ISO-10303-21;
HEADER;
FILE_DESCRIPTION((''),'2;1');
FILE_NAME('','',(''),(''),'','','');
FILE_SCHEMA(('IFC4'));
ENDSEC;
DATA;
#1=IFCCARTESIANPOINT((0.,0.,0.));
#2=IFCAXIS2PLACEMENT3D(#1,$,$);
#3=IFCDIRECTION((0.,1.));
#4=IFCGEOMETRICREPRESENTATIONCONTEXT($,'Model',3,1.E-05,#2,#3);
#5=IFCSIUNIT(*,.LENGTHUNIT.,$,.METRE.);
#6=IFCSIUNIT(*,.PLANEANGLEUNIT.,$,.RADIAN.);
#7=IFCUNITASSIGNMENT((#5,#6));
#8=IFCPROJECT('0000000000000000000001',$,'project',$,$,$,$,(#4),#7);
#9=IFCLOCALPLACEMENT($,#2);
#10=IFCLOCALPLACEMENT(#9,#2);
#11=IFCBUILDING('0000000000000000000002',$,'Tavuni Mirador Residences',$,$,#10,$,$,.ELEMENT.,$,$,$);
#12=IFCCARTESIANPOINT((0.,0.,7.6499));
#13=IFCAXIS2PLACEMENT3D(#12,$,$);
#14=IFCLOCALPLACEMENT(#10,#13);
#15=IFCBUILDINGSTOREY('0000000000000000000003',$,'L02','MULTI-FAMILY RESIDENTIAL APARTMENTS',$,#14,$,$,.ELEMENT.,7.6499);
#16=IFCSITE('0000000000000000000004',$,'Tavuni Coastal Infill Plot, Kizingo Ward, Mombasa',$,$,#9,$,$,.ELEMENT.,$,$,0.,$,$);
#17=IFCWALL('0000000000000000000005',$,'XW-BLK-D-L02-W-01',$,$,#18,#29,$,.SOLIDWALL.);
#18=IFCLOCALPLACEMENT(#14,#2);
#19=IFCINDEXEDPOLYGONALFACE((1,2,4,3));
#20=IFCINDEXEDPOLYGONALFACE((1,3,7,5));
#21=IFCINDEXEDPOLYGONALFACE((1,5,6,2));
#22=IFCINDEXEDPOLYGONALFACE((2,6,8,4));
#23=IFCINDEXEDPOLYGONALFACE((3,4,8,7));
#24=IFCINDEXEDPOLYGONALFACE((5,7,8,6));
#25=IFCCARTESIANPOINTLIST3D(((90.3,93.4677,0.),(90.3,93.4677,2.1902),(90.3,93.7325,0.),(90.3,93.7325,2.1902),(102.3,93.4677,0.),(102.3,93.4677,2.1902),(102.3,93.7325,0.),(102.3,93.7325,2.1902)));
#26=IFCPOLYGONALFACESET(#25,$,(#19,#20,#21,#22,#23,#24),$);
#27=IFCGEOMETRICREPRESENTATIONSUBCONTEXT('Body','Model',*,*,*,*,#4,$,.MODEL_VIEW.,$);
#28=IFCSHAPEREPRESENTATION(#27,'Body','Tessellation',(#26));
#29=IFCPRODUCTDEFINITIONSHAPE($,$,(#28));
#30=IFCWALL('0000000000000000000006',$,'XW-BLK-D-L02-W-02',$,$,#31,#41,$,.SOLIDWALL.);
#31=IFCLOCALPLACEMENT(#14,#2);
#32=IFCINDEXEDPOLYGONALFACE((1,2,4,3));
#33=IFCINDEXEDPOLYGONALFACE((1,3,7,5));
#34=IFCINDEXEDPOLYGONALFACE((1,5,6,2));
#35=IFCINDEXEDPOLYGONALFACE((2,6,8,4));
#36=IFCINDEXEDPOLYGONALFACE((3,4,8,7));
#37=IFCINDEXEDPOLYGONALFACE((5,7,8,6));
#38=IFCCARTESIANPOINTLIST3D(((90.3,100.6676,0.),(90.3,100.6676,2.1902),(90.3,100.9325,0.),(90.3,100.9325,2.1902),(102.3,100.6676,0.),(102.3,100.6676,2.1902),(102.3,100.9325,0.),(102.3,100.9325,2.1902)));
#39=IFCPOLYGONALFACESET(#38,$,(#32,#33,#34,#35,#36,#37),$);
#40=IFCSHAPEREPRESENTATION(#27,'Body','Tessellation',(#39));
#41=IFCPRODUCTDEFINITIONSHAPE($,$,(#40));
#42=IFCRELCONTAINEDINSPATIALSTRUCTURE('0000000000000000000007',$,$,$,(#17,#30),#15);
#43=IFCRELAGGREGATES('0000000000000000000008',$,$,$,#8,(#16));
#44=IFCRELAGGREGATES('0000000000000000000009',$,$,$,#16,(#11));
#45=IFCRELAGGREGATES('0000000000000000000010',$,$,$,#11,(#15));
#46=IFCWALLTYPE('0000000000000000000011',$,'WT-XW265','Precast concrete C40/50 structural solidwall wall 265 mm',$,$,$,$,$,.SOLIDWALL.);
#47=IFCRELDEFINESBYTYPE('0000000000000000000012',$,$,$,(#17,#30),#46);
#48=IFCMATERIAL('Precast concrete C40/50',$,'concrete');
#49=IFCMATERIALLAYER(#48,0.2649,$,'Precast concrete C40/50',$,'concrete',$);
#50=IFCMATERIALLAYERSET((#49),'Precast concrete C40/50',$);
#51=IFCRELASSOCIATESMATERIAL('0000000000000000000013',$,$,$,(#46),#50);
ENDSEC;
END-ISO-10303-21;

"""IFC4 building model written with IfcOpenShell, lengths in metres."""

from ifc_helpers import new_model, si_unit, direction, frame, frame_2d, origin, place, context, subcontext, project, spatial, rectangle, extrude, material, layer, layer_set, type_object, element, save


model = new_model("IFC4")

# Units and contexts
model_context = context("Model", 3, precision=1e-05, world=origin(), true_north=direction((0.0, 1.0)))
body_context = subcontext(model_context, "Body", "Model", "MODEL_VIEW")
ifc_project = project(units=[si_unit("LENGTHUNIT", "METRE"), si_unit("PLANEANGLEUNIT", "RADIAN")], contexts=[model_context])

# Site, building, storey
site_placement = place(None, origin())
site = spatial("IfcSite", under=ifc_project, at=site_placement, Name="Tavuni Coastal Infill Plot, Kizingo Ward, Mombasa", CompositionType="ELEMENT", RefElevation=0.0)
building_placement = place(site_placement, origin())
building = spatial("IfcBuilding", under=site, at=building_placement, Name="Tavuni Mirador Residences", CompositionType="ELEMENT")
storey_placement = place(building_placement, frame((0.0, 0.0, 7.6499)))
storey = spatial("IfcBuildingStorey", under=building, at=storey_placement, Name="L02", Description="MULTI-FAMILY RESIDENTIAL APARTMENTS", CompositionType="ELEMENT", Elevation=7.6499)

# Shared definitions
ifc_material_1 = material(Name="Precast concrete C40/50", Category="concrete")

# Walls
ifc_layer_1 = layer(ifc_material_1, 0.2649, Name="Precast concrete C40/50", Category="concrete")
ifc_layer_set_1 = layer_set([ifc_layer_1], Name="Precast concrete C40/50")
wall_type_1 = type_object("IfcWallType", Name="WT-XW265", Description="Precast concrete C40/50 structural solidwall wall 265 mm", PredefinedType="SOLIDWALL", material=ifc_layer_set_1)
for number, where, z_axis, x_axis, name in (
    (1, (90.3, 93.6001, 0.0), (0.0, 0.0, 1.0), (1.0, 0.0, 0.0), "XW-BLK-D-L02-W-01"),
    (2, (90.3, 100.8, 0.0), (0.0, 0.0, 1.0), (1.0, 0.0, 0.0), "XW-BLK-D-L02-W-02"),
):
    element("IfcWall", number, at=place(storey_placement, frame(where, z_axis=z_axis, x_axis=x_axis)), inside=storey, type_object=wall_type_1, Name=name, PredefinedType="SOLIDWALL", context=body_context, shape_type="SweptSolid", body=[
        extrude(rectangle(XDim=12.0, YDim=0.2649, at=frame_2d((6.0, 0.0))), origin(), (0.0, 0.0, 1.0), 2.1902),
    ])

save(model, "model.ifc")
